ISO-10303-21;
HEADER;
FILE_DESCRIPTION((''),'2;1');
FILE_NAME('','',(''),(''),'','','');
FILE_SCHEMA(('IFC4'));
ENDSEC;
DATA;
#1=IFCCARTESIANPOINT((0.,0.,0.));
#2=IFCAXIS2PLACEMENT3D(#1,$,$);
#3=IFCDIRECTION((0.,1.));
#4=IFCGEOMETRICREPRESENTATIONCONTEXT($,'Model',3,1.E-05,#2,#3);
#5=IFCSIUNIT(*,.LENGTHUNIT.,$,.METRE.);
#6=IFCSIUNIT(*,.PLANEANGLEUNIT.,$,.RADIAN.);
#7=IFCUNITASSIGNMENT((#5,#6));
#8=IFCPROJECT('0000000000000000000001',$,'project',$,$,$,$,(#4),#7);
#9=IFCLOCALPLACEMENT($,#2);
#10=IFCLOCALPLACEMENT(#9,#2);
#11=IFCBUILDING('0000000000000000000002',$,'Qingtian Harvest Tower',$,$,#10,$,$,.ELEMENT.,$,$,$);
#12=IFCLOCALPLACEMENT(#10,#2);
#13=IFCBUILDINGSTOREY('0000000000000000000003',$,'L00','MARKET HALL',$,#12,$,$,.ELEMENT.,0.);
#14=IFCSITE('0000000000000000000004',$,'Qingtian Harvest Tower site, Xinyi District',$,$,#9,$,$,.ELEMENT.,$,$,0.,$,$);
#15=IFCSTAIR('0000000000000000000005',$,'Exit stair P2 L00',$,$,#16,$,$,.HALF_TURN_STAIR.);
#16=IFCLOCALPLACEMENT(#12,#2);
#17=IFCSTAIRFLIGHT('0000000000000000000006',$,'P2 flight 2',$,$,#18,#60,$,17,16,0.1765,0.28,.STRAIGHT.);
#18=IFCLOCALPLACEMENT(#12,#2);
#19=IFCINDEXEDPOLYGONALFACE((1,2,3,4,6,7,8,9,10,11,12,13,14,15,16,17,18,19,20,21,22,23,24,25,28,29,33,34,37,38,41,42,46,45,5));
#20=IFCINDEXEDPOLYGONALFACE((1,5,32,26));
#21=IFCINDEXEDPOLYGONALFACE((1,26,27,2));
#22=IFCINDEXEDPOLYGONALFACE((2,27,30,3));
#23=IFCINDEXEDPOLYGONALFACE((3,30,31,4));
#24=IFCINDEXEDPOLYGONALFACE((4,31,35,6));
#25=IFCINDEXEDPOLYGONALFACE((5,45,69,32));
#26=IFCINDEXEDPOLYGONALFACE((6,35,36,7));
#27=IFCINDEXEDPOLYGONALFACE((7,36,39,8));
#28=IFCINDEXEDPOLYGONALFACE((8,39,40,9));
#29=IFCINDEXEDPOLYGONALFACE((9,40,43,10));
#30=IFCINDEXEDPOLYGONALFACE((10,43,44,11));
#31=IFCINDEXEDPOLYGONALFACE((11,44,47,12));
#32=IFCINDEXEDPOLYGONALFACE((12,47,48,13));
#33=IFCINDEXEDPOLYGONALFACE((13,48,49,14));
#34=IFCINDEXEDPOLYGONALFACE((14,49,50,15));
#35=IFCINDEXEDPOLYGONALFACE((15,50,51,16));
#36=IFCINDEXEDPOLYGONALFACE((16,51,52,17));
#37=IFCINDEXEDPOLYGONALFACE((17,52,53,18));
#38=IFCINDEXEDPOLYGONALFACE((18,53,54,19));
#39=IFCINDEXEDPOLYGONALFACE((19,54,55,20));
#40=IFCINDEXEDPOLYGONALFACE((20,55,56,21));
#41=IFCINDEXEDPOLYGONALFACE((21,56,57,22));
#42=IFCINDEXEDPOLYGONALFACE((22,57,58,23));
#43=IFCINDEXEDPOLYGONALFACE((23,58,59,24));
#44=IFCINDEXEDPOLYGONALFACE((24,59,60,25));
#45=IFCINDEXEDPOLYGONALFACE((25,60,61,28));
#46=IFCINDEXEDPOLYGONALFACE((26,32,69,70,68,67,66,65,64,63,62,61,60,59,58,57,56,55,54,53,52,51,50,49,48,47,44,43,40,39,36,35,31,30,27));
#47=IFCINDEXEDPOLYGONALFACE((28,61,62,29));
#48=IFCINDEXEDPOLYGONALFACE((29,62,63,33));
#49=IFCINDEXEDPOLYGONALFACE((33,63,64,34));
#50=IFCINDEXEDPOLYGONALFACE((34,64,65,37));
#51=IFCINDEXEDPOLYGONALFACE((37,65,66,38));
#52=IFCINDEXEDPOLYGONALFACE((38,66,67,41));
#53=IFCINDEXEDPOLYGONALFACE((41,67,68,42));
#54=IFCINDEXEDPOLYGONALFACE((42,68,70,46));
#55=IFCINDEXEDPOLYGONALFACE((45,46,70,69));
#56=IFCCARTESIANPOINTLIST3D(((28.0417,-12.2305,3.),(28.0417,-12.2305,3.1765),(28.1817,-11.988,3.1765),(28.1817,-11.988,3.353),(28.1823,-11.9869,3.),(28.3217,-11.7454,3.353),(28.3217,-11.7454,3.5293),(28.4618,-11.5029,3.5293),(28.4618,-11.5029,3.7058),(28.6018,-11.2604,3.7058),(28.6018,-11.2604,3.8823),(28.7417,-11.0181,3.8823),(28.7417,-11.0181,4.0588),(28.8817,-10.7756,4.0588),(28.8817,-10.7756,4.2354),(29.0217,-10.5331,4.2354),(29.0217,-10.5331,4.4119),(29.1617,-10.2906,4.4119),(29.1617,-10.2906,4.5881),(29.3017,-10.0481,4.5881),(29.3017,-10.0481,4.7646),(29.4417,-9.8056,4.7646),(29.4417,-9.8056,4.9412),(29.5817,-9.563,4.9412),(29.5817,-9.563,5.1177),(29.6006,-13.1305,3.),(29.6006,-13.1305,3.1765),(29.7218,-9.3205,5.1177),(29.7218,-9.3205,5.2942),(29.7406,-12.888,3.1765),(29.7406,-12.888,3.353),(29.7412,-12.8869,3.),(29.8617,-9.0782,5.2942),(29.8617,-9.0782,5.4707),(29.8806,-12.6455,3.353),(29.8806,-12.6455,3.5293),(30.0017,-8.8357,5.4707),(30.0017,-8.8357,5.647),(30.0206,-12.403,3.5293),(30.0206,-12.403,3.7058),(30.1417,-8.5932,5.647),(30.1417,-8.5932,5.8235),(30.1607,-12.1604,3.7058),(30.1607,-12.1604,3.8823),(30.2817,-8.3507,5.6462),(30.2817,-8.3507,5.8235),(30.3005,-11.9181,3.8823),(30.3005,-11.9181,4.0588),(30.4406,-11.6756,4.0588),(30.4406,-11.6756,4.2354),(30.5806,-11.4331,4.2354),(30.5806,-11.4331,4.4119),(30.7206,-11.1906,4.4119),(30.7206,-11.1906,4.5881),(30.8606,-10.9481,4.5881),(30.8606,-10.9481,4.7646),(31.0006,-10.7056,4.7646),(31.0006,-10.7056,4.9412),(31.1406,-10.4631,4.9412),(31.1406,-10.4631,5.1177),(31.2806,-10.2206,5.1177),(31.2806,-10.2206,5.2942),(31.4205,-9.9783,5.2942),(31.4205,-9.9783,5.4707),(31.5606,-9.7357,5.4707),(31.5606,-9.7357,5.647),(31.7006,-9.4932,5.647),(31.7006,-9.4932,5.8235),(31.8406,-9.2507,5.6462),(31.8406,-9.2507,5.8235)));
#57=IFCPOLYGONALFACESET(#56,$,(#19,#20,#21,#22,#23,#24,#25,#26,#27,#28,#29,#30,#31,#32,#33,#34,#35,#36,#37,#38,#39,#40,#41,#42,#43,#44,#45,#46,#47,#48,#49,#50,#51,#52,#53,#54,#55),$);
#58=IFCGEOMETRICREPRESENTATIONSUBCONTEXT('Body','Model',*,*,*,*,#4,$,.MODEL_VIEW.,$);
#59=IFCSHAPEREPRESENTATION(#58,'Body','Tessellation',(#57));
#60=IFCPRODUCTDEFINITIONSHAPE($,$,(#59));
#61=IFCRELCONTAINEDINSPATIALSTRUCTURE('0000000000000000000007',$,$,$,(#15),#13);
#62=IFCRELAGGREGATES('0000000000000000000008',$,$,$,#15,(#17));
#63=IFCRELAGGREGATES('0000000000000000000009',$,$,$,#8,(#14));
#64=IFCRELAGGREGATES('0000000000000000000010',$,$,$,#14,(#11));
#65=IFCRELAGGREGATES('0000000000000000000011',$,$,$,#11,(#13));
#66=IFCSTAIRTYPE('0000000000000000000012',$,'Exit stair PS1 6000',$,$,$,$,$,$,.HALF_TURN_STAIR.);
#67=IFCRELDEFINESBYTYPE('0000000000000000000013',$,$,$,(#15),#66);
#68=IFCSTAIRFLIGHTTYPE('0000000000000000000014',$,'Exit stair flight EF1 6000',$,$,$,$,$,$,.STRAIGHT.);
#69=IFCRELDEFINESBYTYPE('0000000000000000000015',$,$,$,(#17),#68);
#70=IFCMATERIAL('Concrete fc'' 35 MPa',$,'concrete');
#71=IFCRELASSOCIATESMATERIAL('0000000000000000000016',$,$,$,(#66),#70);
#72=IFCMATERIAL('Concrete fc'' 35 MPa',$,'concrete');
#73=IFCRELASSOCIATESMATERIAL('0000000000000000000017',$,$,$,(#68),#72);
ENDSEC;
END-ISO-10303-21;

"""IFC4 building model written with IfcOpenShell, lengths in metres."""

from ifc_helpers import new_model, si_unit, direction, frame, origin, place, context, subcontext, project, spatial, polyline, outline, extrude, material, type_object, element, aggregate, save


model = new_model("IFC4")

# Units and contexts
model_context = context("Model", 3, precision=1e-05, world=origin(), true_north=direction((0.0, 1.0)))
body_context = subcontext(model_context, "Body", "Model", "MODEL_VIEW")
ifc_project = project(units=[si_unit("LENGTHUNIT", "METRE"), si_unit("PLANEANGLEUNIT", "RADIAN")], contexts=[model_context])

# Site, building, storey
site_placement = place(None, origin())
site = spatial("IfcSite", under=ifc_project, at=site_placement, Name="Qingtian Harvest Tower site, Xinyi District", CompositionType="ELEMENT", RefElevation=0.0)
building_placement = place(site_placement, origin())
building = spatial("IfcBuilding", under=site, at=building_placement, Name="Qingtian Harvest Tower", CompositionType="ELEMENT")
storey_placement = place(building_placement, origin())
storey = spatial("IfcBuildingStorey", under=building, at=storey_placement, Name="L00", Description="MARKET HALL", CompositionType="ELEMENT", Elevation=0.0)

# Stair, stair flight
ifc_material_1 = material(Name="Concrete fc' 35 MPa", Category="concrete")
stair_type = type_object("IfcStairType", Name="Exit stair PS1 6000", PredefinedType="HALF_TURN_STAIR", material=ifc_material_1)
stair_placement = place(storey_placement, origin())
stair = element("IfcStair", 1, at=stair_placement, inside=storey, type_object=stair_type, Name="Exit stair P2 L00", PredefinedType="HALF_TURN_STAIR")
ifc_material_2 = material(Name="Concrete fc' 35 MPa", Category="concrete")
stair_flight_type = type_object("IfcStairFlightType", Name="Exit stair flight EF1 6000", PredefinedType="STRAIGHT", material=ifc_material_2)
stair_flight_placement = place(storey_placement, frame((28.821, -12.6804, 3.0), z_axis=(0.0, 0.0, 1.0), x_axis=(0.5, 0.866025, 0.0)))
stair_flight = element("IfcStairFlight", 2, at=stair_flight_placement, type_object=stair_flight_type, Name="P2 flight 2", NumberOfRisers=17, NumberOfTreads=16, PredefinedType="STRAIGHT", RiserHeight=0.1765, TreadLength=0.28, context=body_context, shape_type="SweptSolid", body=[
    extrude(outline(polyline([(0.0, 0.0), (0.0, 0.1765), (0.28, 0.1765), (0.28, 0.353), (0.5601, 0.353), (0.5601, 0.5293), (0.8401, 0.5293), (0.8401, 0.7058), (1.1201, 0.7058), (1.1201, 0.8823), (1.3999, 0.8823), (1.3999, 1.0588), (1.6799, 1.0588), (1.6799, 1.2354), (1.96, 1.2354), (1.96, 1.4119), (2.24, 1.4119), (2.24, 1.5881), (2.52, 1.5881), (2.52, 1.7646), (2.8, 1.7646), (2.8, 1.9412), (3.0801, 1.9412), (3.0801, 2.1177), (3.3601, 2.1177), (3.3601, 2.2942), (3.6399, 2.2942), (3.6399, 2.4707), (3.9199, 2.4707), (3.9199, 2.647), (4.2, 2.647), (4.2, 2.8235), (4.48, 2.8235), (4.48, 3.0), (4.48, 2.6462), (0.2812, 0.0), (0.0, 0.0)])), frame((0.0, 0.8999, 0.0), z_axis=(0.0, -1.0, 0.0), x_axis=(1.0, 0.0, 0.0)), (0.0, 0.0, 1.0), 1.8),
])
aggregate(stair, [stair_flight])

save(model, "model.ifc")
